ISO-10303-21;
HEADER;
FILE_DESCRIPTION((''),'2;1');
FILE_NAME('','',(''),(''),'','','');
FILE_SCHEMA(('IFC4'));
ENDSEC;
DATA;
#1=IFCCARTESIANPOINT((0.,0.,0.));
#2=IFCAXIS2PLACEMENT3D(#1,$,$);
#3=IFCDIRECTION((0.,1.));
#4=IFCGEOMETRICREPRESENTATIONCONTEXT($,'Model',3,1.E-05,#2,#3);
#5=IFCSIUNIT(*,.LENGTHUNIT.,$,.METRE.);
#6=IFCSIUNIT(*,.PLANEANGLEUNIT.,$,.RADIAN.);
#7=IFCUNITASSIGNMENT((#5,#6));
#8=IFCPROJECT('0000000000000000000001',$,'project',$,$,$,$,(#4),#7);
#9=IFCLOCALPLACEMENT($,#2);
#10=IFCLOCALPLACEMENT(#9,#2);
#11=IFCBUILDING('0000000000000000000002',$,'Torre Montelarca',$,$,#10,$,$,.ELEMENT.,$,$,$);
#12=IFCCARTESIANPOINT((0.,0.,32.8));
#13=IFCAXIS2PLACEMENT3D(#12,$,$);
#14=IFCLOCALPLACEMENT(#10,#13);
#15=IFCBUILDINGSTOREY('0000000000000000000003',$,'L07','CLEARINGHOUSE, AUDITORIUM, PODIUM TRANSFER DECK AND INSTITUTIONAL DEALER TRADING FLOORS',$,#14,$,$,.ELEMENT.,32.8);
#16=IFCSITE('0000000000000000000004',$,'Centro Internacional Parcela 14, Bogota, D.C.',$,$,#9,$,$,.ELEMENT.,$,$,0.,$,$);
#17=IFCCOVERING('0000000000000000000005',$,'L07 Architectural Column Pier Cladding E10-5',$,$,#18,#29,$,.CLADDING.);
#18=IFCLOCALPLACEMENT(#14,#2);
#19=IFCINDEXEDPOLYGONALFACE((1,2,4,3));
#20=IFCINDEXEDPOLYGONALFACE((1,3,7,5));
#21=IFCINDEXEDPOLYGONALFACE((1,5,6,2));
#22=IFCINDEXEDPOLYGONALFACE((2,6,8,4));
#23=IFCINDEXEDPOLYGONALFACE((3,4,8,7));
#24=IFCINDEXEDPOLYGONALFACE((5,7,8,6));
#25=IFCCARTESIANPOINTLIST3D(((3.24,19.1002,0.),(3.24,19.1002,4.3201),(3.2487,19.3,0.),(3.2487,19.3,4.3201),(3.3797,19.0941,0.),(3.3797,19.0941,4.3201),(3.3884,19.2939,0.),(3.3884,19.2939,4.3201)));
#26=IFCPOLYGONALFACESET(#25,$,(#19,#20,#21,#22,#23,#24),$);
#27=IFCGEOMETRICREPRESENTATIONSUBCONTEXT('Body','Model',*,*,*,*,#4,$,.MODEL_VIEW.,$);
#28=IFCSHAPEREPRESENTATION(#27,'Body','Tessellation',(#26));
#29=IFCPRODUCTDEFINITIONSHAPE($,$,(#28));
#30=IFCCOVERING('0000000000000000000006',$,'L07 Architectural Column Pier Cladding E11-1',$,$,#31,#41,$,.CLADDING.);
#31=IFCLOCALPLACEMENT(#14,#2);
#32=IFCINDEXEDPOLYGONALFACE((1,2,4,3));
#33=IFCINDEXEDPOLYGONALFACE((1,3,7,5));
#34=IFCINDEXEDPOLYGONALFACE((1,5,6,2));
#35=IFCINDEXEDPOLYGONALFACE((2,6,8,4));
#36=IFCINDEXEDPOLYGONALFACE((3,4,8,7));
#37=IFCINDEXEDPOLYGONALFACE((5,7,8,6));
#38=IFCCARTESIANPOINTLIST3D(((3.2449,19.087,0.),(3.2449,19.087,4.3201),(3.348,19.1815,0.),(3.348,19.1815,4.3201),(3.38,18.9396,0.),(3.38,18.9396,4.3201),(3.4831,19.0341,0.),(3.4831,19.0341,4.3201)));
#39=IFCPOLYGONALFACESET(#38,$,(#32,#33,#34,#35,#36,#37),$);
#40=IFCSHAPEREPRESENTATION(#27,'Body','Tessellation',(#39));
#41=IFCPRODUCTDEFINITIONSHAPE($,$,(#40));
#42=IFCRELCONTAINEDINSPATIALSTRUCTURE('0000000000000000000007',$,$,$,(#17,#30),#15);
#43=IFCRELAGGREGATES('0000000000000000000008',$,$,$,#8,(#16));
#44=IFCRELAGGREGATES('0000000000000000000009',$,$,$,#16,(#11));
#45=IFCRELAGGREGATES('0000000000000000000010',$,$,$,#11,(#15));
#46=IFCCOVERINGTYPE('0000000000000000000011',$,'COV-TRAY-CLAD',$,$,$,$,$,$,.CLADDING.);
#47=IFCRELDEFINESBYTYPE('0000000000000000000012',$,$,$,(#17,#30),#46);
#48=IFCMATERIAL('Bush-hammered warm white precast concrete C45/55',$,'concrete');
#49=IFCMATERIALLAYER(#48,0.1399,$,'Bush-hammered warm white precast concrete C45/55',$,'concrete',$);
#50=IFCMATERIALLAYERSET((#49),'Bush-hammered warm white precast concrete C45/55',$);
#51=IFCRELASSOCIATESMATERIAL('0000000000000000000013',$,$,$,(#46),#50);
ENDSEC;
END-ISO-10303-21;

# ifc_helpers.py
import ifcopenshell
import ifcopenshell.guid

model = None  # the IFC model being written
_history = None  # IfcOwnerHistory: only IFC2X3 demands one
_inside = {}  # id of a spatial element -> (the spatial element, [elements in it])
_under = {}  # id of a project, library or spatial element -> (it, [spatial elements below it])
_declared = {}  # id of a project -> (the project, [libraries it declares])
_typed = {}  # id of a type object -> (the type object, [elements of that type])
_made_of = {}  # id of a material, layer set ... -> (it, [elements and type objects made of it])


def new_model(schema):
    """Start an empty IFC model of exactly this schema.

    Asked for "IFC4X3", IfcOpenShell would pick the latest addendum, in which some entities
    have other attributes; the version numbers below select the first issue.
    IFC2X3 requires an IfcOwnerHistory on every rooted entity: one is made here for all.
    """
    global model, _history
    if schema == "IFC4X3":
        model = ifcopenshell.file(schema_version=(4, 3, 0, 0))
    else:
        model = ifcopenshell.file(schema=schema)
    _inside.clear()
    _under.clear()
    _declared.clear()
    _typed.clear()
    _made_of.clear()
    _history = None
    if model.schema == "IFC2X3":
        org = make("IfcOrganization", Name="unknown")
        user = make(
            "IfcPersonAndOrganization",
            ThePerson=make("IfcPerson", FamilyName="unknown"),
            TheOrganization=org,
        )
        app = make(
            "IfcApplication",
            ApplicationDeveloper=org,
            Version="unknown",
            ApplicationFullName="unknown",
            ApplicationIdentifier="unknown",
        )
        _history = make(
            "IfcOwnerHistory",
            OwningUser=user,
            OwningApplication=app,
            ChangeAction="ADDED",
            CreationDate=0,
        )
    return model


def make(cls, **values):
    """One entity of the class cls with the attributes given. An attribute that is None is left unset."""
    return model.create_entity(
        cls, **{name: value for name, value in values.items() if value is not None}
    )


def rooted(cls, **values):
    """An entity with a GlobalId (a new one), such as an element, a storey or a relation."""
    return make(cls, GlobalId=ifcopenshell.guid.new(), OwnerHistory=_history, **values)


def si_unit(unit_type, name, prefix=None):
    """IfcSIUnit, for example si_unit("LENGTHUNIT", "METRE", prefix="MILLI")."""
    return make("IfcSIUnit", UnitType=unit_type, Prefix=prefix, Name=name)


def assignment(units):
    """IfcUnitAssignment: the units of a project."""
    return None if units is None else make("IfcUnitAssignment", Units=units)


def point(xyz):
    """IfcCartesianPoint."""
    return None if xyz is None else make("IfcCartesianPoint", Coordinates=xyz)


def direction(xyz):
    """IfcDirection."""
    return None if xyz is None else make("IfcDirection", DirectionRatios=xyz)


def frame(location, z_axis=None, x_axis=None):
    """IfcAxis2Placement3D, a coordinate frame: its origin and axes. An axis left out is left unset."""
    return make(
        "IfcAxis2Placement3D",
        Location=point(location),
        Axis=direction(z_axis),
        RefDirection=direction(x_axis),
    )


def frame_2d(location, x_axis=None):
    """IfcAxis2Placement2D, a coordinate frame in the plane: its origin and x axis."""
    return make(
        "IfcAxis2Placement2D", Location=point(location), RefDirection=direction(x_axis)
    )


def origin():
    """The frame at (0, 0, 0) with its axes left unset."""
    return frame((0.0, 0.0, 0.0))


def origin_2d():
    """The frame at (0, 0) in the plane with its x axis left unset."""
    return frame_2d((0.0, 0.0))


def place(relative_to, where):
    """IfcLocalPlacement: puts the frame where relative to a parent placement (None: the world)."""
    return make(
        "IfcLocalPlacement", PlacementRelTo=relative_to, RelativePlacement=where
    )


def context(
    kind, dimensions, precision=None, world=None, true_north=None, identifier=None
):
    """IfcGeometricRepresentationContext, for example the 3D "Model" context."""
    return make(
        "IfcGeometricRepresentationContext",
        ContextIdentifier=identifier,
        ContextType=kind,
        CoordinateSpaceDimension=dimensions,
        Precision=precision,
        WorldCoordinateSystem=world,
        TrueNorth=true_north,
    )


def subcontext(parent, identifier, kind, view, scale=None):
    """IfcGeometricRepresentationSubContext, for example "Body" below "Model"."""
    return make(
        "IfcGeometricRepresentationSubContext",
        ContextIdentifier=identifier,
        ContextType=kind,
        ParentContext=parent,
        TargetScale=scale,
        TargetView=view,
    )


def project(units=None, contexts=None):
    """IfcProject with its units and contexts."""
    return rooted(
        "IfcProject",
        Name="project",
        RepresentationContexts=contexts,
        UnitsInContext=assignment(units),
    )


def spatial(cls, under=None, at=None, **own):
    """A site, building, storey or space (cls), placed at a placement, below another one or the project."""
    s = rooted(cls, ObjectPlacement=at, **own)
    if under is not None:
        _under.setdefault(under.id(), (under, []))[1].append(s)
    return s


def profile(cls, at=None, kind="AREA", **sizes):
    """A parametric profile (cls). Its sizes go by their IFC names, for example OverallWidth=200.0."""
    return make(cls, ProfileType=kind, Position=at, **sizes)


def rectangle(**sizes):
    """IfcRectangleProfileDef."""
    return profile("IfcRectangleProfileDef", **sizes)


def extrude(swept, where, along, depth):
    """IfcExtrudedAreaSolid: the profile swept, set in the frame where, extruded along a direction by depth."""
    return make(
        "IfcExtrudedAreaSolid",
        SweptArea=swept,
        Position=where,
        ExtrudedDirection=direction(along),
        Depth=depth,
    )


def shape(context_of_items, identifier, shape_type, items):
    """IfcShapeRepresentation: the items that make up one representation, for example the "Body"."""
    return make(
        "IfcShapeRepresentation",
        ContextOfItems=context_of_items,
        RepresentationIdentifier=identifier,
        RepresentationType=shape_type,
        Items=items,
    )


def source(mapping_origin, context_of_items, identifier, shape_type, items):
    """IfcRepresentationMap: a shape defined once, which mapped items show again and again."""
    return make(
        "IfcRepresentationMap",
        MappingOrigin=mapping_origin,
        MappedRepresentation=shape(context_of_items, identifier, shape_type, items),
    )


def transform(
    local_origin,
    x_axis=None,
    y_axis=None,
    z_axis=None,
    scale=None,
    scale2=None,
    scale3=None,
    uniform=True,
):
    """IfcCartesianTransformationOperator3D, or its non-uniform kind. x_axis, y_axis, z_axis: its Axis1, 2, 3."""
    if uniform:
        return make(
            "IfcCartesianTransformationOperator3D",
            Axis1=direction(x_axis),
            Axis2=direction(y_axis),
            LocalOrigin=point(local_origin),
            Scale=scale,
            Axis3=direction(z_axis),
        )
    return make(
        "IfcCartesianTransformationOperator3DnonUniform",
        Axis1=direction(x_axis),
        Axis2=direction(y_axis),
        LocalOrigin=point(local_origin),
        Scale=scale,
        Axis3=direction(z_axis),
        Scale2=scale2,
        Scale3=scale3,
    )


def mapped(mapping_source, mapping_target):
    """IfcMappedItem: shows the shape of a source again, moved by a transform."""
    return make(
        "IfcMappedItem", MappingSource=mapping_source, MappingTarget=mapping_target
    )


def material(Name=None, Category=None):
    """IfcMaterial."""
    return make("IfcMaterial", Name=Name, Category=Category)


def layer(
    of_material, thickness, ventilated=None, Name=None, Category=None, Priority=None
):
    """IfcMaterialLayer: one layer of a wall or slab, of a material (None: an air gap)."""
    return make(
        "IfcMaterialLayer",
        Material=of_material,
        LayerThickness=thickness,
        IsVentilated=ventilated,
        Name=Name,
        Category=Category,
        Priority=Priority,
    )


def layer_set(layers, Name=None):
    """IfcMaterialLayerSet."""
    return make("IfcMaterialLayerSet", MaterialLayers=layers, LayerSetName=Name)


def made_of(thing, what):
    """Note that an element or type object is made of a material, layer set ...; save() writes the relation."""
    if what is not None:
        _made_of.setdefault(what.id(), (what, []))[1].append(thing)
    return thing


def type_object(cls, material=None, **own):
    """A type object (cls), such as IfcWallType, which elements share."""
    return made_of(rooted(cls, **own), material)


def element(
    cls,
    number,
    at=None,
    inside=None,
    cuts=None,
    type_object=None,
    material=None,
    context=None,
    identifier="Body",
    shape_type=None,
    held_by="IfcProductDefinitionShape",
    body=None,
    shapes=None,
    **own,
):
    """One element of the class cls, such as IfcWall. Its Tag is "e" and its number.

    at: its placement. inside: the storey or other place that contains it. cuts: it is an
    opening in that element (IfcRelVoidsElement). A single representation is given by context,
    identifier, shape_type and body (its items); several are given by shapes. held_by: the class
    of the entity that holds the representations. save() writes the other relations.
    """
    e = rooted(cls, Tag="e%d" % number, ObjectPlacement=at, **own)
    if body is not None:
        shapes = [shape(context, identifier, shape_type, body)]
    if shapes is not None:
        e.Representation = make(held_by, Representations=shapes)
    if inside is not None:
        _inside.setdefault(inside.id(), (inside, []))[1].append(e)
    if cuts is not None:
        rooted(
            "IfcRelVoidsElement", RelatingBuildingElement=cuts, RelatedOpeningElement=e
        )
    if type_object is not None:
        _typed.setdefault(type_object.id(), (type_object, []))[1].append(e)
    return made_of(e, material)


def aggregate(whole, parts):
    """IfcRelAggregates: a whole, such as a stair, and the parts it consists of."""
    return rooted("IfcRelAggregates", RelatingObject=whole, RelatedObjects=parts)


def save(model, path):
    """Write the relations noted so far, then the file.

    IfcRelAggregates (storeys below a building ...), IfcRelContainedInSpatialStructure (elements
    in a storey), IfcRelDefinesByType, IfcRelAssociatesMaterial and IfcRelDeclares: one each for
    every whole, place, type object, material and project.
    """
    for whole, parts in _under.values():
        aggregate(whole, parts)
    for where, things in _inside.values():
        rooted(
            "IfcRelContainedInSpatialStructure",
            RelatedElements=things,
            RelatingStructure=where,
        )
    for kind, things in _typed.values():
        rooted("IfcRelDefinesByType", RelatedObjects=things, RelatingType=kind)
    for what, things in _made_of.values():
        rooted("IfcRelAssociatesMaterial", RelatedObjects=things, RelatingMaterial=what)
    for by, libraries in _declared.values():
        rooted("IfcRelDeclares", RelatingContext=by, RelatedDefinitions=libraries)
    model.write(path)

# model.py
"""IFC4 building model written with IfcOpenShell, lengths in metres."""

from ifc_helpers import new_model, si_unit, direction, frame, origin, origin_2d, place, context, subcontext, project, spatial, rectangle, extrude, source, transform, mapped, material, layer, layer_set, type_object, element, save


model = new_model("IFC4")

# Units and contexts
model_context = context("Model", 3, precision=1e-05, world=origin(), true_north=direction((0.0, 1.0)))
body_context = subcontext(model_context, "Body", "Model", "MODEL_VIEW")
ifc_project = project(units=[si_unit("LENGTHUNIT", "METRE"), si_unit("PLANEANGLEUNIT", "RADIAN")], contexts=[model_context])

# Site, building, storey
site_placement = place(None, origin())
site = spatial("IfcSite", under=ifc_project, at=site_placement, Name="Centro Internacional Parcela 14, Bogota, D.C.", CompositionType="ELEMENT", RefElevation=0.0)
building_placement = place(site_placement, origin())
building = spatial("IfcBuilding", under=site, at=building_placement, Name="Torre Montelarca", CompositionType="ELEMENT")
storey_placement = place(building_placement, frame((0.0, 0.0, 32.8)))
storey = spatial("IfcBuildingStorey", under=building, at=storey_placement, Name="L07", Description="CLEARINGHOUSE, AUDITORIUM, PODIUM TRANSFER DECK AND INSTITUTIONAL DEALER TRADING FLOORS", CompositionType="ELEMENT", Elevation=32.8)

# Coverings
ifc_material_1 = material(Name="Bush-hammered warm white precast concrete C45/55", Category="concrete")
ifc_layer_1 = layer(ifc_material_1, 0.1399, Name="Bush-hammered warm white precast concrete C45/55", Category="concrete")
ifc_layer_set_1 = layer_set([ifc_layer_1], Name="Bush-hammered warm white precast concrete C45/55")
covering_type = type_object("IfcCoveringType", Name="COV-TRAY-CLAD", PredefinedType="CLADDING", material=ifc_layer_set_1)
shared_shape_1 = source(origin(), body_context, "Body", "SweptSolid", [
    extrude(rectangle(XDim=0.2, YDim=0.1399, at=origin_2d()), origin(), (0.0, 0.0, 1.0), 4.3201),
])
for number, where, z_axis, x_axis, name in (
    (1, (3.3142, 19.197, 0.0), (0.0, 0.0, 1.0), (-0.043619, -0.999048, 0.0), "L07 Architectural Column Pier Cladding E10-5"),
    (2, (3.364, 19.0605, 0.0), (0.0, 0.0, 1.0), (0.675586, -0.737281, 0.0), "L07 Architectural Column Pier Cladding E11-1"),
):
    element("IfcCovering", number, at=place(storey_placement, frame(where, z_axis=z_axis, x_axis=x_axis)), inside=storey, type_object=covering_type, Name=name, PredefinedType="CLADDING", context=body_context, shape_type="MappedRepresentation", body=[
        mapped(shared_shape_1, transform((0.0, 0.0, 0.0), scale=1.0)),
    ])

save(model, "model.ifc")
